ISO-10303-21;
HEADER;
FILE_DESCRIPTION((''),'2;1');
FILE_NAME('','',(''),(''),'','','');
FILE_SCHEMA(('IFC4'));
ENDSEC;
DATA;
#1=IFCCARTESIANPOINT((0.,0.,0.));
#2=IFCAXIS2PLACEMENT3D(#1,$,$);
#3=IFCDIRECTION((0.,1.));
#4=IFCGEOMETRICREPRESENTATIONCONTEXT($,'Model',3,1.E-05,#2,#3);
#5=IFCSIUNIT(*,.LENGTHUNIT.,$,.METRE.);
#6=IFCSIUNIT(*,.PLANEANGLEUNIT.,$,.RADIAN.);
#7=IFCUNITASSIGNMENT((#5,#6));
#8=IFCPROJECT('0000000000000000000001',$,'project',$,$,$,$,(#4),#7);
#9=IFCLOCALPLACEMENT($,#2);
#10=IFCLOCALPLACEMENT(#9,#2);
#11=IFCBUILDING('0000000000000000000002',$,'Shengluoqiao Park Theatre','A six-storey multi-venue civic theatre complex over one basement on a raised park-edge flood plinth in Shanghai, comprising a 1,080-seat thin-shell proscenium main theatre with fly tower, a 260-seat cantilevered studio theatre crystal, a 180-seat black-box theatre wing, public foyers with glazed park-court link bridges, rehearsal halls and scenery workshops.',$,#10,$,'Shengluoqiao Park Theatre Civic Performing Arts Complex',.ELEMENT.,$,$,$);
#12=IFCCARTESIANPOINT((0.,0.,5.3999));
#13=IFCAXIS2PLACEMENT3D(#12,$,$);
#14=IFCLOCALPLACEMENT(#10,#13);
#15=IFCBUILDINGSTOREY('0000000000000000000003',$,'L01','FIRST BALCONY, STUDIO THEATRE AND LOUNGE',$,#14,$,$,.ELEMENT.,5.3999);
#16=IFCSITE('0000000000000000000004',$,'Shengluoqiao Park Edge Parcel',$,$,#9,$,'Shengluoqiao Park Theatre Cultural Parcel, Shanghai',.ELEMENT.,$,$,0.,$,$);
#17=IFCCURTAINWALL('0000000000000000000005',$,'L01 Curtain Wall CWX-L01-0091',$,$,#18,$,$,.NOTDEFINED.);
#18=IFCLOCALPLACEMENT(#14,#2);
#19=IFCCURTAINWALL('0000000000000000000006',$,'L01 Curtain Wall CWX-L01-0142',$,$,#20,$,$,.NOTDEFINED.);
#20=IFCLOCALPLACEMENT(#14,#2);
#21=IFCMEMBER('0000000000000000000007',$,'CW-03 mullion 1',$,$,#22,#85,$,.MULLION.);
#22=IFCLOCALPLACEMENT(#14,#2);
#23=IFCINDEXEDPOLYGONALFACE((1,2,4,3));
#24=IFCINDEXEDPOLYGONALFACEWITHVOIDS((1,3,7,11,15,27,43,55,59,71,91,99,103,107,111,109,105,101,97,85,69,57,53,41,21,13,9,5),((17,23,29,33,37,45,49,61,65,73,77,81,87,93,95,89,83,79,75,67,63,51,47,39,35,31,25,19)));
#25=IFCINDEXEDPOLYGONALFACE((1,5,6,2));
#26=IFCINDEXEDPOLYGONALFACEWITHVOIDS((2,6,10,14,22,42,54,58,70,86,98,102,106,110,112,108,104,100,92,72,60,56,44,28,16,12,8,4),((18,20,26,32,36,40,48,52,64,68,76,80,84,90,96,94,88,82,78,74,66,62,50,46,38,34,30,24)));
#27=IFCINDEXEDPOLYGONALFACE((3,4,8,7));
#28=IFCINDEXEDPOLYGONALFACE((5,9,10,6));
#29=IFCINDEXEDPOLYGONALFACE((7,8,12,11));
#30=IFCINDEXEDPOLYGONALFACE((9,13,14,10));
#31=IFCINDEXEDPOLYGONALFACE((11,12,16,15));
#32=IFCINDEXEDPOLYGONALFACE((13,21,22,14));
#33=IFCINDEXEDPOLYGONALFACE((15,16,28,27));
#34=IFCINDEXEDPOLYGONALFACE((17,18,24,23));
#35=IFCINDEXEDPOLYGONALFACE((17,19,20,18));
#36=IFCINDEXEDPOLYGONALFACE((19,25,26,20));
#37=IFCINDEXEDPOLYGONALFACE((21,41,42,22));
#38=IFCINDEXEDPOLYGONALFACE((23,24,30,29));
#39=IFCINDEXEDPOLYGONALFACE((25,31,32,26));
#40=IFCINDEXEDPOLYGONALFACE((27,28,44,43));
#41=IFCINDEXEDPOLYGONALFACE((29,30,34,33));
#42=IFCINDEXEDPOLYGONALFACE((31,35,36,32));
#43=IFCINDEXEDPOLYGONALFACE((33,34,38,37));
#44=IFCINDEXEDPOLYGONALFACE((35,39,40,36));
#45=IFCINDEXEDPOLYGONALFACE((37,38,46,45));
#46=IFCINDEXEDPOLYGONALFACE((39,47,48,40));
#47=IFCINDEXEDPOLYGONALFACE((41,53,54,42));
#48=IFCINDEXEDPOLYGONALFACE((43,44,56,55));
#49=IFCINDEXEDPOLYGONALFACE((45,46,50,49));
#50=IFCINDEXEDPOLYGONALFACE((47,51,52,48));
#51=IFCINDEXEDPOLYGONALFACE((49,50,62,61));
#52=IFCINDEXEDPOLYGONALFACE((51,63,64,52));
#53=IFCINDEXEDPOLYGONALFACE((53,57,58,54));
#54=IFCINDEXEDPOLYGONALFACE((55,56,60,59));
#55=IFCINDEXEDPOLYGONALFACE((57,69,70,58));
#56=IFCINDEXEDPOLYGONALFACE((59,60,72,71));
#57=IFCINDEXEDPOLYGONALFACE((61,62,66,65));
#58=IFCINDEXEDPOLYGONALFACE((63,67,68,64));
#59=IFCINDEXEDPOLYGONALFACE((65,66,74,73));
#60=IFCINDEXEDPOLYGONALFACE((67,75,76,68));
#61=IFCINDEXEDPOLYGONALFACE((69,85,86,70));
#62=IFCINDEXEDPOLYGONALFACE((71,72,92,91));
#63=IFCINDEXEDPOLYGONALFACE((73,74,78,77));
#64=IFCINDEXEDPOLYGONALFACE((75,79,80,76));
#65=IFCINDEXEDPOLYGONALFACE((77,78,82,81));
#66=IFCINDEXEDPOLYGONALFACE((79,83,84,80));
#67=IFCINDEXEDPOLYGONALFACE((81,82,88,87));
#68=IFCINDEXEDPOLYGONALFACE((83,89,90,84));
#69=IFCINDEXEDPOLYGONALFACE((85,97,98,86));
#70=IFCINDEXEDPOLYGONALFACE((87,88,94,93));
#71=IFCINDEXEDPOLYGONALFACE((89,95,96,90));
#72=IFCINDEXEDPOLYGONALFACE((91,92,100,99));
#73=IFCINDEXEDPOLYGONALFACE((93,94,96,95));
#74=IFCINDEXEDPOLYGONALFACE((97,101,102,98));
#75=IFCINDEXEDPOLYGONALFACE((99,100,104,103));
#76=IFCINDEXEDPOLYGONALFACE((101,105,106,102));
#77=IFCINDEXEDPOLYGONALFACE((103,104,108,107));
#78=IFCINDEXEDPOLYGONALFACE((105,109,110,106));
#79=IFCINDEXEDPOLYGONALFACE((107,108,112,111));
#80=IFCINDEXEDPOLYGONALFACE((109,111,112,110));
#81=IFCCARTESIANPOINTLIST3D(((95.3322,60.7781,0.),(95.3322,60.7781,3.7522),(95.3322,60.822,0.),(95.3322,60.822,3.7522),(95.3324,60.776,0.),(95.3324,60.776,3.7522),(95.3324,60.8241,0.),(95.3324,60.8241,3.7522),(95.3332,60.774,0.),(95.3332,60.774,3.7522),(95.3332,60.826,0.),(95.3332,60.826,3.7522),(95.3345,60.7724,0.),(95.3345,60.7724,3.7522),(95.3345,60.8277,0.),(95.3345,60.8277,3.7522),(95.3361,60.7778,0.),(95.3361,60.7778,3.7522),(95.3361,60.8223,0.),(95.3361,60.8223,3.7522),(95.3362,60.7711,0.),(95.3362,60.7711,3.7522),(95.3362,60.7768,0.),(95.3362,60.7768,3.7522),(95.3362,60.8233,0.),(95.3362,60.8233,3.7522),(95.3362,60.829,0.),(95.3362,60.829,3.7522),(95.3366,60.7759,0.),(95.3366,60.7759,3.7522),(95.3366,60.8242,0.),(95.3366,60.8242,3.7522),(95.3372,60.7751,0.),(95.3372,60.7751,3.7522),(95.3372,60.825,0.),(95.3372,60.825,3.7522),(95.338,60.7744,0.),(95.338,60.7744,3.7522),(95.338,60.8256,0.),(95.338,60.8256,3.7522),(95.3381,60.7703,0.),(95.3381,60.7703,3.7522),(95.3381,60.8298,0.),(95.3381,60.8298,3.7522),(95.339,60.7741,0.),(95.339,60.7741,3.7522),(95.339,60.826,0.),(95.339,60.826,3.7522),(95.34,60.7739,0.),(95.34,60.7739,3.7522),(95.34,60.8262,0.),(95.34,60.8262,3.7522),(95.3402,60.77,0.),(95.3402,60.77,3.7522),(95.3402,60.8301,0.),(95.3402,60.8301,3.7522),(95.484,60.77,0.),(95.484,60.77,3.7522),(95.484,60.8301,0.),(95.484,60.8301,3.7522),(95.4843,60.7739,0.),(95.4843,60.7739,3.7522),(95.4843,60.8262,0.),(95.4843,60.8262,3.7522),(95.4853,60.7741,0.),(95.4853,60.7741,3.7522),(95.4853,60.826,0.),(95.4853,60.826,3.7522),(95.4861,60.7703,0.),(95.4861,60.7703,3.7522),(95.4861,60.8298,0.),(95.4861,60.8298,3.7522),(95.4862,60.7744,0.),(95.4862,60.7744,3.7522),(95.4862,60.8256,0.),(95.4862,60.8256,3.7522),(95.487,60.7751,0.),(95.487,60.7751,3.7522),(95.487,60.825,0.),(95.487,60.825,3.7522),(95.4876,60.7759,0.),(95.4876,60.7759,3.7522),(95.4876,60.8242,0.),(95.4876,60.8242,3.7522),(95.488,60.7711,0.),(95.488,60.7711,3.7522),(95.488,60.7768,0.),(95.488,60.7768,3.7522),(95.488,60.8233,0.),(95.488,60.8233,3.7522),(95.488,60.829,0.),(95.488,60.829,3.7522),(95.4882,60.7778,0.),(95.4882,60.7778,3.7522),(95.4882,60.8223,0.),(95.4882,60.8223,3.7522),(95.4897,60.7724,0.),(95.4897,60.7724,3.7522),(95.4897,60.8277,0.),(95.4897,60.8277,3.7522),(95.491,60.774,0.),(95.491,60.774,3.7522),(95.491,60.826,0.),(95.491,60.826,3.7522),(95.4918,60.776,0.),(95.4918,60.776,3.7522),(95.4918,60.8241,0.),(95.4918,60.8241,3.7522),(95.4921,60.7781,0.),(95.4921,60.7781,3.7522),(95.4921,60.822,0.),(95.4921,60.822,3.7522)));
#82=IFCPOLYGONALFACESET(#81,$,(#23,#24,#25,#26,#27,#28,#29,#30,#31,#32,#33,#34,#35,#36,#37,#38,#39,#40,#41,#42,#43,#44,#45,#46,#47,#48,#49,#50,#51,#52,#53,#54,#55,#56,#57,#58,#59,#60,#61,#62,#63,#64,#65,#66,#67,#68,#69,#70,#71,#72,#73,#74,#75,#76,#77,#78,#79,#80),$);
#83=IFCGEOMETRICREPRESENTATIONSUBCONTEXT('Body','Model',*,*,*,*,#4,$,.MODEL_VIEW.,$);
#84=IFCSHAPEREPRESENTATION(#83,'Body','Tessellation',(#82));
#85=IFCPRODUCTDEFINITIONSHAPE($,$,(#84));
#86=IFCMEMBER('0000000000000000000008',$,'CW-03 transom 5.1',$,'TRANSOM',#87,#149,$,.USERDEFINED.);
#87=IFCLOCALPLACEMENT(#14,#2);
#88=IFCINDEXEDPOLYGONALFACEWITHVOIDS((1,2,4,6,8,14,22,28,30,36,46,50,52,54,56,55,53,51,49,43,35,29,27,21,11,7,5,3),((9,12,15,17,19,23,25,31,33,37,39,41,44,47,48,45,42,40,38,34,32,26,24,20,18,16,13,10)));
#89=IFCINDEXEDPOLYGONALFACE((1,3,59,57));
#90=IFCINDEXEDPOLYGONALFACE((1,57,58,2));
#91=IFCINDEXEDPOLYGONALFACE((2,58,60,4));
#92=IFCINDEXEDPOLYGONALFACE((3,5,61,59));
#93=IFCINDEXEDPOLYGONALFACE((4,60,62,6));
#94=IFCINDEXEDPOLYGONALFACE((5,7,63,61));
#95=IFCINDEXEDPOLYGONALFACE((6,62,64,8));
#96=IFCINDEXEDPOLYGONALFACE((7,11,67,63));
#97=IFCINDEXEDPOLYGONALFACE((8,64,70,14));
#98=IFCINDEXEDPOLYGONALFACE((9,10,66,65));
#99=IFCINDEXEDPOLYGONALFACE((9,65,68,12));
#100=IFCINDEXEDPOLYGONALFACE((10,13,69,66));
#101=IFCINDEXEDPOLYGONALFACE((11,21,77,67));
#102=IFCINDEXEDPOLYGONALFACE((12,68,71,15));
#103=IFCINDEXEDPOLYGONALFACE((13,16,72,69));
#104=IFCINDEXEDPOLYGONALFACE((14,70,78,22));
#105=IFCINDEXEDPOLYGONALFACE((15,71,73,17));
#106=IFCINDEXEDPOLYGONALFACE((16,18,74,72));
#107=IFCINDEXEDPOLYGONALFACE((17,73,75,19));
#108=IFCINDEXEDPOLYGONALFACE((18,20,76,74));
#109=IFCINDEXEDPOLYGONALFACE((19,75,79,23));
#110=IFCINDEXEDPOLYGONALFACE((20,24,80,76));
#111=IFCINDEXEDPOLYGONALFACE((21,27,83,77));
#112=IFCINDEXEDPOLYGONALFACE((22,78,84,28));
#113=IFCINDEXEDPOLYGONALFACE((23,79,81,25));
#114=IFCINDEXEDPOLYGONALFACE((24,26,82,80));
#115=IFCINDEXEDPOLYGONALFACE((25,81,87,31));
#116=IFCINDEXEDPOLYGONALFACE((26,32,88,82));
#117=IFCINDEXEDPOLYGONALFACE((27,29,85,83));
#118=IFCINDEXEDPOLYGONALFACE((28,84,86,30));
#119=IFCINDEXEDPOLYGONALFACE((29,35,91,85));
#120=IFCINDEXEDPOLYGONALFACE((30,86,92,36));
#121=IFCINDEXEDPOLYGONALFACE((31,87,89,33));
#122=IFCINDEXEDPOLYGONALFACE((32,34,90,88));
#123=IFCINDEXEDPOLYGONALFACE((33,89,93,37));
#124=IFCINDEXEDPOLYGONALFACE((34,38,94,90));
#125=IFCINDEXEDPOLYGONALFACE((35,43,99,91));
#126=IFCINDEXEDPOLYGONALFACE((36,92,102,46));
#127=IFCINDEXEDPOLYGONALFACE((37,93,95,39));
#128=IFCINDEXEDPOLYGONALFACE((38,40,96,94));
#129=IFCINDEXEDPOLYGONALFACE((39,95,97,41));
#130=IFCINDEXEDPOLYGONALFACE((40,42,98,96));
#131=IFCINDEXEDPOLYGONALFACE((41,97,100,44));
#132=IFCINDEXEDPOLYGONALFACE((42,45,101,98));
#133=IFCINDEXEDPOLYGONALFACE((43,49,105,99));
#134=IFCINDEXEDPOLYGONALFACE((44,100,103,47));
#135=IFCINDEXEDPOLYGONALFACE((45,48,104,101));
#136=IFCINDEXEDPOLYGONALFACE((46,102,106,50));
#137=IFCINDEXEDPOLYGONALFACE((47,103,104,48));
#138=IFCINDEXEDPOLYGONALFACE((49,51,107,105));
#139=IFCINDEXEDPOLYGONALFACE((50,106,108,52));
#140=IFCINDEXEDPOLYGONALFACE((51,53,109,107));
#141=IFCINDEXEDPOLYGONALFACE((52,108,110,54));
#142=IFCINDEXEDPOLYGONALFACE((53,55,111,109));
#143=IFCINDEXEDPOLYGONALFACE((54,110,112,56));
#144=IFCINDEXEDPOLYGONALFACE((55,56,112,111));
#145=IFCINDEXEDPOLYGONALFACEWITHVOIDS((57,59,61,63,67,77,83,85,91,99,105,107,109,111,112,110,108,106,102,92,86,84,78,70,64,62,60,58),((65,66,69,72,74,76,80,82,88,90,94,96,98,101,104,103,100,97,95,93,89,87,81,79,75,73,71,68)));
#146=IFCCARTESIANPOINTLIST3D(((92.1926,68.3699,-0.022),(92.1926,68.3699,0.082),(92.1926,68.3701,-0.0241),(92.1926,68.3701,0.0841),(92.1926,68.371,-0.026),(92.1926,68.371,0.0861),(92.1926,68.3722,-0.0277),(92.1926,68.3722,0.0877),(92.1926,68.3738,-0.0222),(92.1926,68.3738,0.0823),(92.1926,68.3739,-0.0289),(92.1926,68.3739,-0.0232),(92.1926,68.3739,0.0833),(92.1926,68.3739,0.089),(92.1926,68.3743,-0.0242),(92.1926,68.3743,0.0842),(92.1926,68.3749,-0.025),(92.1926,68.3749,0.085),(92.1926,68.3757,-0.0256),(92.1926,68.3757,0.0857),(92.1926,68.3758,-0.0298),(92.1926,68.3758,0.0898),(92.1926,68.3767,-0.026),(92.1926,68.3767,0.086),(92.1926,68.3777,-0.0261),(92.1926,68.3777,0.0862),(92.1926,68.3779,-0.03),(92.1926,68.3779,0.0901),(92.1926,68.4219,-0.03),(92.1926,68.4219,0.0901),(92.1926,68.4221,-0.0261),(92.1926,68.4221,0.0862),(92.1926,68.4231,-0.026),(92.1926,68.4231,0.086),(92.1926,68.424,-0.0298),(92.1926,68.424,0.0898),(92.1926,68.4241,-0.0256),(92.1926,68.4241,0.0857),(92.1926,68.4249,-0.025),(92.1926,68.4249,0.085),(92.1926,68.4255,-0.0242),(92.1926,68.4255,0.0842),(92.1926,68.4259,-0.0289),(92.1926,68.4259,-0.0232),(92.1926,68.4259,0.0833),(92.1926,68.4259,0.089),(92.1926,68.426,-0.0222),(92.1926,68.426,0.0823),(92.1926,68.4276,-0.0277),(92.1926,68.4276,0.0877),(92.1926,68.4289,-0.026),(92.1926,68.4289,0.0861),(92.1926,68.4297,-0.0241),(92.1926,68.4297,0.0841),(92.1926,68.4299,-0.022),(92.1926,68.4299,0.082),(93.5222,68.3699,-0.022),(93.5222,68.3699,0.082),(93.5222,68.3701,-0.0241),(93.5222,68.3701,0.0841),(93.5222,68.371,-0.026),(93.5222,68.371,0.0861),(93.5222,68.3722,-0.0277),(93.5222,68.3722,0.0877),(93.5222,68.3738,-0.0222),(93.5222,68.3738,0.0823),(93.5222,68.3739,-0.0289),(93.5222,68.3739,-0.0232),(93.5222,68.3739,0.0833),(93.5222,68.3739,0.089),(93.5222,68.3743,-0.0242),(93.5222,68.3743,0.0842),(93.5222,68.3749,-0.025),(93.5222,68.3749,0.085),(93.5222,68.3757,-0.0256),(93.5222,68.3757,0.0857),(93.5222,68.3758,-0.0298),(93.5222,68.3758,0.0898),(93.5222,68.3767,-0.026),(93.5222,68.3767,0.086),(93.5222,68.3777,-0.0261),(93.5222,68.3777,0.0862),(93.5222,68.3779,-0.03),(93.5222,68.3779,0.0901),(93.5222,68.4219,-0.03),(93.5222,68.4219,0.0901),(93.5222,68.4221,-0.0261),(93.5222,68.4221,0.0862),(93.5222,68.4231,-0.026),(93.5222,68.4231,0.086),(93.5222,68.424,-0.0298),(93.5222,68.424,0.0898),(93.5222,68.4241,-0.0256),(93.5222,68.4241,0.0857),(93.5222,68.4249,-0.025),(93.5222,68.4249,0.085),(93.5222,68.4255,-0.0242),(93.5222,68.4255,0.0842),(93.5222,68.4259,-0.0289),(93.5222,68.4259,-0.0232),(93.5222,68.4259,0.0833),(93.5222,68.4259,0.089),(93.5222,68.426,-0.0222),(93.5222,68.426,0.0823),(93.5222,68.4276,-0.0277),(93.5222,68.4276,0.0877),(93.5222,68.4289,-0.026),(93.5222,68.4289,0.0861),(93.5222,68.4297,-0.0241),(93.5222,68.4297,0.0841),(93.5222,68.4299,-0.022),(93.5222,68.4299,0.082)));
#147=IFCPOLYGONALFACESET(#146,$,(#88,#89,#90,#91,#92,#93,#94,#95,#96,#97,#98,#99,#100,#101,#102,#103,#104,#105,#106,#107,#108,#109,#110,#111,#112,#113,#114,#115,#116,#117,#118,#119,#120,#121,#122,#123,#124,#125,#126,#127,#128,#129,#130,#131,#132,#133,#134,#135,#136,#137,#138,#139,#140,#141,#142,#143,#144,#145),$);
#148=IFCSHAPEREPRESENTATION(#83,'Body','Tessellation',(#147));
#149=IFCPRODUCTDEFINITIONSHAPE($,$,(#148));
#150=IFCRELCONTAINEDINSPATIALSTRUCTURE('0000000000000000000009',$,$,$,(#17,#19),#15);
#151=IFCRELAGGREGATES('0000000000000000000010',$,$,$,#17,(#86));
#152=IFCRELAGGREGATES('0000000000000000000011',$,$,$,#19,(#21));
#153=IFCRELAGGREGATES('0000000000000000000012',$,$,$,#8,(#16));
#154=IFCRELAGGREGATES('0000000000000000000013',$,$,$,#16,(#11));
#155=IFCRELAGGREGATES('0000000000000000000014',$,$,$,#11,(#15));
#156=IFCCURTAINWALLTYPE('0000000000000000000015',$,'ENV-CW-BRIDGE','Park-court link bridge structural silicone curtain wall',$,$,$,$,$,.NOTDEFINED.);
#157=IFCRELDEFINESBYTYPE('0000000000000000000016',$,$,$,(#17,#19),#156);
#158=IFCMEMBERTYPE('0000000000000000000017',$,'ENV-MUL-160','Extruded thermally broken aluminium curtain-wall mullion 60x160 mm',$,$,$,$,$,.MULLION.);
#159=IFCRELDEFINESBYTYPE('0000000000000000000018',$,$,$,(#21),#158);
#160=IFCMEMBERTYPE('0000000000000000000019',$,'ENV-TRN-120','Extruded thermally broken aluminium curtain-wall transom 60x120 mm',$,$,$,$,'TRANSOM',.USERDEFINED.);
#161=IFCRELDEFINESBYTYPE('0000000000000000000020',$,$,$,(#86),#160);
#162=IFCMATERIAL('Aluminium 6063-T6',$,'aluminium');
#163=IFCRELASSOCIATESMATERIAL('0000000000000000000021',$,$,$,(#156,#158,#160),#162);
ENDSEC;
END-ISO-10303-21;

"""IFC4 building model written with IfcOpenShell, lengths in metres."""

from ifc_helpers import new_model, si_unit, direction, frame, origin, origin_2d, place, context, subcontext, project, spatial, hollow_rectangle, extrude, material, material_profile, profile_set, type_object, element, aggregate, save


model = new_model("IFC4")

# Units and contexts
model_context = context("Model", 3, precision=1e-05, world=origin(), true_north=direction((0.0, 1.0)))
body_context = subcontext(model_context, "Body", "Model", "MODEL_VIEW")
ifc_project = project(units=[si_unit("LENGTHUNIT", "METRE"), si_unit("PLANEANGLEUNIT", "RADIAN")], contexts=[model_context])

# Site, building, storey
site_placement = place(None, origin())
site = spatial("IfcSite", under=ifc_project, at=site_placement, Name="Shengluoqiao Park Edge Parcel", LongName="Shengluoqiao Park Theatre Cultural Parcel, Shanghai", CompositionType="ELEMENT", RefElevation=0.0)
building_placement = place(site_placement, origin())
building = spatial("IfcBuilding", under=site, at=building_placement, Name="Shengluoqiao Park Theatre", Description="A six-storey multi-venue civic theatre complex over one basement on a raised park-edge flood plinth in Shanghai, comprising a 1,080-seat thin-shell proscenium main theatre with fly tower, a 260-seat cantilevered studio theatre crystal, a 180-seat black-box theatre wing, public foyers with glazed park-court link bridges, rehearsal halls and scenery workshops.", LongName="Shengluoqiao Park Theatre Civic Performing Arts Complex", CompositionType="ELEMENT")
storey_placement = place(building_placement, frame((0.0, 0.0, 5.3999)))
storey = spatial("IfcBuildingStorey", under=building, at=storey_placement, Name="L01", Description="FIRST BALCONY, STUDIO THEATRE AND LOUNGE", CompositionType="ELEMENT", Elevation=5.3999)

# Curtain wall
ifc_material_1 = material(Name="Aluminium 6063-T6", Category="aluminium")
curtain_wall_type = type_object("IfcCurtainWallType", Name="ENV-CW-BRIDGE", Description="Park-court link bridge structural silicone curtain wall", PredefinedType="NOTDEFINED", material=ifc_material_1)
curtain_wall_1_placement = place(storey_placement, origin())
curtain_wall_1 = element("IfcCurtainWall", 1, at=curtain_wall_1_placement, inside=storey, type_object=curtain_wall_type, Name="L01 Curtain Wall CWX-L01-0091", PredefinedType="NOTDEFINED")
ifc_material_profile_1 = material_profile(ifc_material_1, hollow_rectangle(XDim=0.0601, YDim=0.1599, WallThickness=0.0039, InnerFilletRadius=0.0039, OuterFilletRadius=0.0081, at=origin_2d()), Name="ALU MULLION 160x60x4")
ifc_profile_set_1 = profile_set([ifc_material_profile_1], Name="Aluminium 6063-T6")
member_type_1 = type_object("IfcMemberType", Name="ENV-MUL-160", Description="Extruded thermally broken aluminium curtain-wall mullion 60x160 mm", PredefinedType="MULLION", material=ifc_profile_set_1)

# Curtain wall, member
curtain_wall_2_placement = place(storey_placement, origin())
curtain_wall_2 = element("IfcCurtainWall", 2, at=curtain_wall_2_placement, inside=storey, type_object=curtain_wall_type, Name="L01 Curtain Wall CWX-L01-0142", PredefinedType="NOTDEFINED")
member_1_placement = place(storey_placement, frame((95.4121, 60.8, 0.0), z_axis=(0.0, 0.0, 1.0), x_axis=(0.0, 1.0, 0.0)))
member_1 = element("IfcMember", 3, at=member_1_placement, type_object=member_type_1, Name="CW-03 mullion 1", PredefinedType="MULLION", context=body_context, shape_type="SweptSolid", body=[
    extrude(hollow_rectangle(XDim=0.0601, YDim=0.1599, WallThickness=0.0039, InnerFilletRadius=0.0039, OuterFilletRadius=0.0081, at=origin_2d()), origin(), (0.0, 0.0, 1.0), 3.7522),
])

# Member
ifc_material_profile_2 = material_profile(ifc_material_1, hollow_rectangle(XDim=0.0601, YDim=0.1201, WallThickness=0.0039, InnerFilletRadius=0.0039, OuterFilletRadius=0.0081, at=origin_2d()), Name="ALU TRANSOM 120x60x4")
ifc_profile_set_2 = profile_set([ifc_material_profile_2], Name="Aluminium 6063-T6")
member_type_2 = type_object("IfcMemberType", Name="ENV-TRN-120", Description="Extruded thermally broken aluminium curtain-wall transom 60x120 mm", ElementType="TRANSOM", PredefinedType="USERDEFINED", material=ifc_profile_set_2)
member_2_placement = place(storey_placement, frame((92.1926, 68.3999, 0.03), z_axis=(1.0, 0.0, 0.0), x_axis=(0.0, 1.0, 0.0)))
member_2 = element("IfcMember", 4, at=member_2_placement, type_object=member_type_2, Name="CW-03 transom 5.1", ObjectType="TRANSOM", PredefinedType="USERDEFINED", context=body_context, shape_type="SweptSolid", body=[
    extrude(hollow_rectangle(XDim=0.0601, YDim=0.1201, WallThickness=0.0039, InnerFilletRadius=0.0039, OuterFilletRadius=0.0081, at=origin_2d()), origin(), (0.0, 0.0, 1.0), 1.3296),
])

aggregate(curtain_wall_1, [member_2])
aggregate(curtain_wall_2, [member_1])

save(model, "model.ifc")
